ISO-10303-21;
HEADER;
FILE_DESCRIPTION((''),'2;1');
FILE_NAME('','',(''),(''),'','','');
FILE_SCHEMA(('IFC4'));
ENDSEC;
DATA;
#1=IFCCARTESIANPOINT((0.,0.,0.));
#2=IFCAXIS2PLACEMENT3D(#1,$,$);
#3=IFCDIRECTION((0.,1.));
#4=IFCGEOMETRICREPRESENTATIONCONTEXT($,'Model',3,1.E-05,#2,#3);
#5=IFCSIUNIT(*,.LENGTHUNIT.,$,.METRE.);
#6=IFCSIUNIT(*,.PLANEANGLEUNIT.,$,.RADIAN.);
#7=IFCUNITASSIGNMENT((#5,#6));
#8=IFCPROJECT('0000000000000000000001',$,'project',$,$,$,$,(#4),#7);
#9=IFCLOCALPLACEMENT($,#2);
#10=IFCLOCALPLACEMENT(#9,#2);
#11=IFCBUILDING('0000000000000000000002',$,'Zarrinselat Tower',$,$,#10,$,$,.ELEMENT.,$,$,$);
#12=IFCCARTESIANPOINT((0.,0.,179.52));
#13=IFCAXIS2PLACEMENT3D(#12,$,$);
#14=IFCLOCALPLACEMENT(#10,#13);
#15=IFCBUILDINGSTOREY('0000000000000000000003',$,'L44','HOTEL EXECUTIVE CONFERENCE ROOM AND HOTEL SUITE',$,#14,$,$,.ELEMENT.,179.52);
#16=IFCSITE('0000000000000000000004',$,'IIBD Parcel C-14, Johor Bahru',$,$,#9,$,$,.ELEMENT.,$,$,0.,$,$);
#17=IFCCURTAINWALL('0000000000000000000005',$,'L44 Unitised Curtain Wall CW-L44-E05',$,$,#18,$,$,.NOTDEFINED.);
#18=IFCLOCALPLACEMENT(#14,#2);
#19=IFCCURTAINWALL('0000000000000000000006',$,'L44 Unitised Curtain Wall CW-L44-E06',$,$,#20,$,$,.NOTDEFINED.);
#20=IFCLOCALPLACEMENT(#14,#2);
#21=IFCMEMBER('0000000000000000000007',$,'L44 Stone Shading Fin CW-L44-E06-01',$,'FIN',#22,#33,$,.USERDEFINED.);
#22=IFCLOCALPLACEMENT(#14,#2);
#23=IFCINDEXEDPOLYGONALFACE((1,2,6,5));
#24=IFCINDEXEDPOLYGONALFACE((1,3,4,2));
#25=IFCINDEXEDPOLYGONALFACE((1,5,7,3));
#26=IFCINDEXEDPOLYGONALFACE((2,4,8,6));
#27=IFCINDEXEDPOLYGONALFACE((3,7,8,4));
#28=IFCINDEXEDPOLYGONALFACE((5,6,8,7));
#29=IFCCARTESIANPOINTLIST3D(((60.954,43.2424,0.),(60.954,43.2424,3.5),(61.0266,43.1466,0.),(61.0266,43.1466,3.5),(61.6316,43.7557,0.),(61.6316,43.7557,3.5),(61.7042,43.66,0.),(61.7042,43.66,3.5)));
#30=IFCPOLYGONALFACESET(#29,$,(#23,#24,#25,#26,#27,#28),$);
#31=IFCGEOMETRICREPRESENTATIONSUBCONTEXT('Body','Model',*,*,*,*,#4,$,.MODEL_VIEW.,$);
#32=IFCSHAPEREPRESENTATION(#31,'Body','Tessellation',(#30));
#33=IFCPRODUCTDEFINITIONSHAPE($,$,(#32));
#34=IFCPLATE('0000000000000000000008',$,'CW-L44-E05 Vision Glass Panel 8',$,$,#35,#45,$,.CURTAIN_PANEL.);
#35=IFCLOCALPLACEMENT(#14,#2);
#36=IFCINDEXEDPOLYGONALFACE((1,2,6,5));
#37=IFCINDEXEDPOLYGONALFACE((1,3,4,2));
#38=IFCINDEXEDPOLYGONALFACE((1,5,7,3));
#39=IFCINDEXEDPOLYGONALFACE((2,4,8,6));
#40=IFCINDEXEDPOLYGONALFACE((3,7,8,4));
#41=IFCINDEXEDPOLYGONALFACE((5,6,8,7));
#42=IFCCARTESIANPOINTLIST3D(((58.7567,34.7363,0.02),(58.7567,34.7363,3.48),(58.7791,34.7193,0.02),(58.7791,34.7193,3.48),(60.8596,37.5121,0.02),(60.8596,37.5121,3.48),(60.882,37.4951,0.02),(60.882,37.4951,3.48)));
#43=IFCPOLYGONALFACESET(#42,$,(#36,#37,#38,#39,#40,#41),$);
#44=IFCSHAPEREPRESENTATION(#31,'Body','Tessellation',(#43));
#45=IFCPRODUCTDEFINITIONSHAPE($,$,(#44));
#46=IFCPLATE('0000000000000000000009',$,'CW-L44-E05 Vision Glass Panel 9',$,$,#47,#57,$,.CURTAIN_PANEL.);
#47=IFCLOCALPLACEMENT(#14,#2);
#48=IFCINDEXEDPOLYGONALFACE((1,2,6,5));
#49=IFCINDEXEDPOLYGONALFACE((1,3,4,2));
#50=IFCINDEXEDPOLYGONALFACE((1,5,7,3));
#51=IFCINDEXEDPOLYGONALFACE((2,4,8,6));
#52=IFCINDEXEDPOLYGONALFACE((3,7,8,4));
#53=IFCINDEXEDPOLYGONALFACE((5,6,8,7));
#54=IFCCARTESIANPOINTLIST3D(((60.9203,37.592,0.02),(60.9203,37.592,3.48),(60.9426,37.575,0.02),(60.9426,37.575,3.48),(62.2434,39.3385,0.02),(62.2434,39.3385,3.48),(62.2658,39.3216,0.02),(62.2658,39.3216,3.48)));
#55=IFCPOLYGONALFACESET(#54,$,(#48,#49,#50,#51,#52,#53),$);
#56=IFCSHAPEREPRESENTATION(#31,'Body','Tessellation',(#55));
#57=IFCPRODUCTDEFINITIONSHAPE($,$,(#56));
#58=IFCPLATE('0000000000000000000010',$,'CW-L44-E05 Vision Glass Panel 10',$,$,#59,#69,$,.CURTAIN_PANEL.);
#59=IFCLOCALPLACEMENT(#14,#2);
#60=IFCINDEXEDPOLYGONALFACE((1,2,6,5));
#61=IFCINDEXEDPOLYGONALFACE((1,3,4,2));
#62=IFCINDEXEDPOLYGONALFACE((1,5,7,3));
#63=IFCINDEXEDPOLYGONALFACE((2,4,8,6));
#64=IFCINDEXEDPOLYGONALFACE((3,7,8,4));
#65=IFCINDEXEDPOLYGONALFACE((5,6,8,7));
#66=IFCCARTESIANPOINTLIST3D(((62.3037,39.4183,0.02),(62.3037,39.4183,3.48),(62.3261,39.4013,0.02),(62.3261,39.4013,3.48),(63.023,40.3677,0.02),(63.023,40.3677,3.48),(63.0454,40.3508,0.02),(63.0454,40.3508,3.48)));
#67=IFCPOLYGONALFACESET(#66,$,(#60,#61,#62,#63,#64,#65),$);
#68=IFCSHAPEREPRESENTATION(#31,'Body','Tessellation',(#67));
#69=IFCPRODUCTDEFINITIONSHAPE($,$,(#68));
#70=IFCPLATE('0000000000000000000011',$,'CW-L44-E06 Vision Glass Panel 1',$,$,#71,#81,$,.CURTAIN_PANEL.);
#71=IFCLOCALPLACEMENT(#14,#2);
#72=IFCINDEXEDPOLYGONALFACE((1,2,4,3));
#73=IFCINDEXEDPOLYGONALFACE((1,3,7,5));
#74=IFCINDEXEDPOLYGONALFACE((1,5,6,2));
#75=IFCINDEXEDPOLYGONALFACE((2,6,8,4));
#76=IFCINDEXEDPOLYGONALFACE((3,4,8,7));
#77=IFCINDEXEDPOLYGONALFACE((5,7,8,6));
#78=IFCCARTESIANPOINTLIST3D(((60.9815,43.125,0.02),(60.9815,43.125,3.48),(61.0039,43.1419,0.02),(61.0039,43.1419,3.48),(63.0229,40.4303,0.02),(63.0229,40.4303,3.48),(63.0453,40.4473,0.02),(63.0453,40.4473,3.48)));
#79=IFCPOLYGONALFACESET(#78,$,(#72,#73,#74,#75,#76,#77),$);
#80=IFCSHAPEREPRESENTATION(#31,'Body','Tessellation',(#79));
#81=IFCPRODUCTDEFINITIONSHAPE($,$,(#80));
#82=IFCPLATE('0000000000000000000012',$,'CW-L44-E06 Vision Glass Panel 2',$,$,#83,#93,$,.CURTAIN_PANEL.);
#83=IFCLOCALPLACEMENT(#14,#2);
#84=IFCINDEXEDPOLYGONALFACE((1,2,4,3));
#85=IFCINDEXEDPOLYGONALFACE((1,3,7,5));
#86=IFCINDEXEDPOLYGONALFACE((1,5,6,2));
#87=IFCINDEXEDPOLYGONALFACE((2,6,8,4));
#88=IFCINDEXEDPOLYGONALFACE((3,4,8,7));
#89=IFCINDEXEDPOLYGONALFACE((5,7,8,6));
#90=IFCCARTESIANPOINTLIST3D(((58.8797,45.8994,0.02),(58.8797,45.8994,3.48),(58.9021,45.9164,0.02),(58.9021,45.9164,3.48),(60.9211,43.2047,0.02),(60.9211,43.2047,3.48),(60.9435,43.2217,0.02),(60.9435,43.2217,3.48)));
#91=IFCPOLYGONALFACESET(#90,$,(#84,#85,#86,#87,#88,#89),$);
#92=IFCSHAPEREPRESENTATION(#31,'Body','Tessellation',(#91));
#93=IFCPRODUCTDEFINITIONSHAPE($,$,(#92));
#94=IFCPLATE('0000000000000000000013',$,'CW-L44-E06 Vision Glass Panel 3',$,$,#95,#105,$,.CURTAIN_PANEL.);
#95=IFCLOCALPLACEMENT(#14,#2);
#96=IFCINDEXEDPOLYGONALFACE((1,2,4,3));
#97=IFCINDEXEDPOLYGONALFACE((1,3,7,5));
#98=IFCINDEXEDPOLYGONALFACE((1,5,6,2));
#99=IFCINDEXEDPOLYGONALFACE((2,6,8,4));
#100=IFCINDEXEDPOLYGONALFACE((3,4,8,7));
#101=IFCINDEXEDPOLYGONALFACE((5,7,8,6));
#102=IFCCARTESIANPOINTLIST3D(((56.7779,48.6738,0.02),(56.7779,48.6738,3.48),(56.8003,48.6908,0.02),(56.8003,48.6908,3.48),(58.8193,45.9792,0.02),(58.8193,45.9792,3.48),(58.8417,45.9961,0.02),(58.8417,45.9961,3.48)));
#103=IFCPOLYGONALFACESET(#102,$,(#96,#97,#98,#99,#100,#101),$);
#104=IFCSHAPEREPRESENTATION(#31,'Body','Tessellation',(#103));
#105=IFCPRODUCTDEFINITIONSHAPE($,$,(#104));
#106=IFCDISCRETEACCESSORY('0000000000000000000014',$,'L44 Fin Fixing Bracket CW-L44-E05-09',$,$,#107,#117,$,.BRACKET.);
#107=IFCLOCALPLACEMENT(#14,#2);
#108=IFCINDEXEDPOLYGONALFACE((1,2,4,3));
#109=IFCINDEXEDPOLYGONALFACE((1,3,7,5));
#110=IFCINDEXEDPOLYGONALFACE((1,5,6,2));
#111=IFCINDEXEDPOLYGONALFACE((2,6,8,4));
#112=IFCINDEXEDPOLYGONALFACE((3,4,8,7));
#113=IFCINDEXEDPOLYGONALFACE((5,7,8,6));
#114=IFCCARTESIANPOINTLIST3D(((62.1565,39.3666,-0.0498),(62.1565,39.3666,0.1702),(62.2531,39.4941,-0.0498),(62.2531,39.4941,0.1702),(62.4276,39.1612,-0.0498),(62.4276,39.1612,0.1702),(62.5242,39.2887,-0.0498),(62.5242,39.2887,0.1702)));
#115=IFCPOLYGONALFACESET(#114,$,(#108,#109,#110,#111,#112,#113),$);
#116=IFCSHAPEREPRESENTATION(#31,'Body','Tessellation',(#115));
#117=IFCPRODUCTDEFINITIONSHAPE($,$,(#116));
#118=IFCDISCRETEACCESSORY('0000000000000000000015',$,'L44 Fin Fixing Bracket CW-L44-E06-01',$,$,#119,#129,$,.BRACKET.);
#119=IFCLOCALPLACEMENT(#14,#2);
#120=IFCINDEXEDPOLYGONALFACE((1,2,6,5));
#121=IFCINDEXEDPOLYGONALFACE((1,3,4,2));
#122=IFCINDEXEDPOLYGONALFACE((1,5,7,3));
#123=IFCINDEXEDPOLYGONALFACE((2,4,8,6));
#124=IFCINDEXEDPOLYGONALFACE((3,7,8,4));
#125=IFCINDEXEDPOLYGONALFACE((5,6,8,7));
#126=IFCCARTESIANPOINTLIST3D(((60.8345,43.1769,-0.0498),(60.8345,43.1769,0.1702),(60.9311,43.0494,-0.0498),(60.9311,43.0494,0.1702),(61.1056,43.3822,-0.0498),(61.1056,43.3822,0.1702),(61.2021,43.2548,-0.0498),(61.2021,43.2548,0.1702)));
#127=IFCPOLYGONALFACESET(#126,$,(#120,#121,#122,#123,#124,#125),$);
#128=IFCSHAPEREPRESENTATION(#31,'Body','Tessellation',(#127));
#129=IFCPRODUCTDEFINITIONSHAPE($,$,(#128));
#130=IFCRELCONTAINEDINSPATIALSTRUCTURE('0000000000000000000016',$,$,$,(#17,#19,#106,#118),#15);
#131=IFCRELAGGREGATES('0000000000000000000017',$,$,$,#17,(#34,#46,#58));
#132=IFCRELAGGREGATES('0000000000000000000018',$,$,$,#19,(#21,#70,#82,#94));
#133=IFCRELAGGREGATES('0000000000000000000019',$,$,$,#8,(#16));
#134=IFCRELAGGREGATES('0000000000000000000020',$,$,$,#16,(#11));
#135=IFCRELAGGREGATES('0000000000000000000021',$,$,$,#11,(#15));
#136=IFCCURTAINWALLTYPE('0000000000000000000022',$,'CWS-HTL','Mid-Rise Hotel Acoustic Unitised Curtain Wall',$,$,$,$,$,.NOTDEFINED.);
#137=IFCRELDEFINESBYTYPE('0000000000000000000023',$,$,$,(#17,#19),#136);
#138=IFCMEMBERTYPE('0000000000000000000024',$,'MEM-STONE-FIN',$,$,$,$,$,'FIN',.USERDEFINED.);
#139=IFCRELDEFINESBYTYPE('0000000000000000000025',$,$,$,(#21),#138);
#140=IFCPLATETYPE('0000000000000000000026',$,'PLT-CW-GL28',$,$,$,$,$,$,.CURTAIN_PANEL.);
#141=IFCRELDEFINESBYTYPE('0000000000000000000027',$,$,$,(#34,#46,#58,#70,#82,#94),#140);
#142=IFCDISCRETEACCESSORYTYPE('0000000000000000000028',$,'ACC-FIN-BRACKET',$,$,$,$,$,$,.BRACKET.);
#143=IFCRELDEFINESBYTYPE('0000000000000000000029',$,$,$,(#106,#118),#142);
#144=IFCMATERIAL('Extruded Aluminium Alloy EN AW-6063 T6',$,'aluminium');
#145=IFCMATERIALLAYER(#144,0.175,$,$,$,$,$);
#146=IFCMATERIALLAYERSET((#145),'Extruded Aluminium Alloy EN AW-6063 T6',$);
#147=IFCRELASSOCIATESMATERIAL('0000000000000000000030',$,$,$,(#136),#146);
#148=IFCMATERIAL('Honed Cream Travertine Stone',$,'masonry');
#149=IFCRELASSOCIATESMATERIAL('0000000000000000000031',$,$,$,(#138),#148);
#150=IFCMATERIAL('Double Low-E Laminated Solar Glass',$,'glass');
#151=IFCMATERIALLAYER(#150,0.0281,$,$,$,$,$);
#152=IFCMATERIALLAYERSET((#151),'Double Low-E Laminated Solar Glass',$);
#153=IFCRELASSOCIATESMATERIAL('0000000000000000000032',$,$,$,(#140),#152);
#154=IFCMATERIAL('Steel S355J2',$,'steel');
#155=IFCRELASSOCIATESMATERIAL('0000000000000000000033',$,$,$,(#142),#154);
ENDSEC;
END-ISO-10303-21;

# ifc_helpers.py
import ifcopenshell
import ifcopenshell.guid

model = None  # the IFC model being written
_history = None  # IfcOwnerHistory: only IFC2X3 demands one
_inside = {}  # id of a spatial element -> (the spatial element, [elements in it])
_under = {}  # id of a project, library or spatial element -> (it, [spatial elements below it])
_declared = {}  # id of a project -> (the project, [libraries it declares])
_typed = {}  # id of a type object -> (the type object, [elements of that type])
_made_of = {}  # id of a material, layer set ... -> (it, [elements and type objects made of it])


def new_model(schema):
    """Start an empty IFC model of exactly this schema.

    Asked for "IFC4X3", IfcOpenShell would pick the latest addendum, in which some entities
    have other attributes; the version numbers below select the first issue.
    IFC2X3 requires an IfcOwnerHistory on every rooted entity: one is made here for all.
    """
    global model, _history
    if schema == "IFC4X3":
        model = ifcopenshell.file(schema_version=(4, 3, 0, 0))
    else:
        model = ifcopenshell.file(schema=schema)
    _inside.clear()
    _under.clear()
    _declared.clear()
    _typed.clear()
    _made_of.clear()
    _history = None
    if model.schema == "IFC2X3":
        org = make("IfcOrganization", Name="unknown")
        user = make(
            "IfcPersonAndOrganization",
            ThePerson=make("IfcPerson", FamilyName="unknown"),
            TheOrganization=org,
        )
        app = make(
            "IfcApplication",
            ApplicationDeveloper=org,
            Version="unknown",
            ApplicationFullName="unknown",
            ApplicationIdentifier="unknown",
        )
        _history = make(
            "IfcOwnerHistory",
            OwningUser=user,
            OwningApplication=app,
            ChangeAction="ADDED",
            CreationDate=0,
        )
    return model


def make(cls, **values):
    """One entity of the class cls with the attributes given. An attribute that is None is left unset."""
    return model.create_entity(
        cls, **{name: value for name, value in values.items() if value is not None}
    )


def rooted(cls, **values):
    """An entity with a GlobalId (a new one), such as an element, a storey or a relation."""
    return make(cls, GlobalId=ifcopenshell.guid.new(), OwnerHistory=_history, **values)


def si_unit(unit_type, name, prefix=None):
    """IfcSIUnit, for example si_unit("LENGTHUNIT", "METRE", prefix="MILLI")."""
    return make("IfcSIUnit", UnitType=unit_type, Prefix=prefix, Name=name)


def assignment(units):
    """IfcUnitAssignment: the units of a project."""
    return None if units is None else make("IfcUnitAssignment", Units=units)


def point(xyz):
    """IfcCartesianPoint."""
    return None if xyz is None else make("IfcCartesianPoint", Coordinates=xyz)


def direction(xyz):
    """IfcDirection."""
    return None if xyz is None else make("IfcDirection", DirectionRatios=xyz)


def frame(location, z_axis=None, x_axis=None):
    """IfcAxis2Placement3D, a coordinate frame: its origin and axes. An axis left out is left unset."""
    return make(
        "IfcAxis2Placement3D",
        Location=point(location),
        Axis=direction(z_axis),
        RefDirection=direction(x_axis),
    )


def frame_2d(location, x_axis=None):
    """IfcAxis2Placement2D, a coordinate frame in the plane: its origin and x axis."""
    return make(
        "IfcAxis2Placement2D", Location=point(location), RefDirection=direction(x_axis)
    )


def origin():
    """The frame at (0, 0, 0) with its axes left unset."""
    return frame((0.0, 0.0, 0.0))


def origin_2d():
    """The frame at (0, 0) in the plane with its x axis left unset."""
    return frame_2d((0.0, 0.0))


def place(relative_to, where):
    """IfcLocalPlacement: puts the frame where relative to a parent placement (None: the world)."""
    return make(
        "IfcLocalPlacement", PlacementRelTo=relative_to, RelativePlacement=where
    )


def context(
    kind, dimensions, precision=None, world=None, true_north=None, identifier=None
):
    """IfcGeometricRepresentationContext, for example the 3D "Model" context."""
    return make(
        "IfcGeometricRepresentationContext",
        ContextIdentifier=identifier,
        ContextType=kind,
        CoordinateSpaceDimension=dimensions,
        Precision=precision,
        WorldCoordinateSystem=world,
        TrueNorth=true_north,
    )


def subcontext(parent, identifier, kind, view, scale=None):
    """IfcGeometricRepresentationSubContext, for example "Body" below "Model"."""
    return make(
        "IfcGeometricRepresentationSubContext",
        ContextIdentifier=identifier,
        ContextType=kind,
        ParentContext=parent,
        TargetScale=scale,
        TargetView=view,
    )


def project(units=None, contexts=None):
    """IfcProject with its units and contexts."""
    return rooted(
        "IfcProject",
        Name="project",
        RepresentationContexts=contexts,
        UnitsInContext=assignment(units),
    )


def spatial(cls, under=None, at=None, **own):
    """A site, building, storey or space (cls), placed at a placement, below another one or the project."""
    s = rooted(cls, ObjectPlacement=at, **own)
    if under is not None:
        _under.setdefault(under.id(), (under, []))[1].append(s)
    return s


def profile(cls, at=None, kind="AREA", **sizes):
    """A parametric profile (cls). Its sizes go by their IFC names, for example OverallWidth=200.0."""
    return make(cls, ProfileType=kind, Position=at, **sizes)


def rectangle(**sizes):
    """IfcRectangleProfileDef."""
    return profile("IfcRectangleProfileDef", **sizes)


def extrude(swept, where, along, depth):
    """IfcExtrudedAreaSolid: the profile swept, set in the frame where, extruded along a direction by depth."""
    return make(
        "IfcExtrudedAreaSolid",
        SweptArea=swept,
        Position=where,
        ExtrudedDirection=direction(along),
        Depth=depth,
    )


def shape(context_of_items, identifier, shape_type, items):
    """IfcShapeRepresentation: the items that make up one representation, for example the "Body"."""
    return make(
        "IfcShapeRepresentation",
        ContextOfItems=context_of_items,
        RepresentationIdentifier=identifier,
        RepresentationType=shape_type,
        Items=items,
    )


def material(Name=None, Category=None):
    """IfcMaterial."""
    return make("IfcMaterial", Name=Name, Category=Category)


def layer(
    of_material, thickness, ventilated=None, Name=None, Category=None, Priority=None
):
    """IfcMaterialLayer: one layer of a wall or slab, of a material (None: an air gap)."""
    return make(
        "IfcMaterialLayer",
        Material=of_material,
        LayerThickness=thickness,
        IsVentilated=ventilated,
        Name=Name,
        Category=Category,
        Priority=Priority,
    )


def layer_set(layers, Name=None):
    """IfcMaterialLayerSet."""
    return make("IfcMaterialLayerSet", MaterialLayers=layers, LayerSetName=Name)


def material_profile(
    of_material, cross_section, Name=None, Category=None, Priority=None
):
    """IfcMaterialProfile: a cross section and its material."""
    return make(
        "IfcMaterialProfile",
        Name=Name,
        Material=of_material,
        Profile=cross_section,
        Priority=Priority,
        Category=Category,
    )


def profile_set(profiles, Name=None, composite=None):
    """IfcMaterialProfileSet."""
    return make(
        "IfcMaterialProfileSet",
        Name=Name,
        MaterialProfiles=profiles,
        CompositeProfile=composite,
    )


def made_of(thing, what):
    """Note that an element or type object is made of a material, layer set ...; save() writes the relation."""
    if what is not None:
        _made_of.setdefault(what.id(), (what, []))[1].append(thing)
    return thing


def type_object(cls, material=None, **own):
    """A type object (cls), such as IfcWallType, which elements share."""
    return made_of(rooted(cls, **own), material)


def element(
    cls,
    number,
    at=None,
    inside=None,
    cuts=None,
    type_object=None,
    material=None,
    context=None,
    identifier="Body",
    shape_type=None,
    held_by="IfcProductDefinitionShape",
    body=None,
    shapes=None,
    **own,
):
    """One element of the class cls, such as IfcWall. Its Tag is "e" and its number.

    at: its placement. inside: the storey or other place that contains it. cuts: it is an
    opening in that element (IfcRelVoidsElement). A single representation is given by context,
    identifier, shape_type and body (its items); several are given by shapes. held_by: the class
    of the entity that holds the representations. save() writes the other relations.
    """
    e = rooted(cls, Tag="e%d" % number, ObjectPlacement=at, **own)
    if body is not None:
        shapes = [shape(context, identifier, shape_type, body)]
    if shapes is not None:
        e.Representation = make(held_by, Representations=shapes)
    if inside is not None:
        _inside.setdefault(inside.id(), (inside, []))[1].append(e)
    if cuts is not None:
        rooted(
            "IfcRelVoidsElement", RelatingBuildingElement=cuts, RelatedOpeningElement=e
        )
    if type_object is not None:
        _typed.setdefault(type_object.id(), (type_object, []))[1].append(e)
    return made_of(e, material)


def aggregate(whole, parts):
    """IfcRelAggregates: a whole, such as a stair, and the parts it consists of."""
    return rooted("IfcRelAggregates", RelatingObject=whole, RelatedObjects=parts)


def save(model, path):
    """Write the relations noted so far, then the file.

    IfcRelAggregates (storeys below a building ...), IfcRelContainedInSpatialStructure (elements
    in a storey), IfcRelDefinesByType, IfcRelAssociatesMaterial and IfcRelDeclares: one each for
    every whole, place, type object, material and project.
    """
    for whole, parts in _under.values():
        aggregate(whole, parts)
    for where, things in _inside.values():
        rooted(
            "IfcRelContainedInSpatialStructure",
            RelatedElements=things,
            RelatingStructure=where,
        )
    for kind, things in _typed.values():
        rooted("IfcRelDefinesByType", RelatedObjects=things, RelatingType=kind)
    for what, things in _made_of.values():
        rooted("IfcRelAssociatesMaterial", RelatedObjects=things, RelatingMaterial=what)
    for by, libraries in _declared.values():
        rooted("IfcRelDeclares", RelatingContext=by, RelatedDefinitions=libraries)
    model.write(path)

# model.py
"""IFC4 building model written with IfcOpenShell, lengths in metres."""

from ifc_helpers import new_model, si_unit, direction, frame, origin, origin_2d, place, context, subcontext, project, spatial, rectangle, extrude, material, layer, layer_set, material_profile, profile_set, type_object, element, aggregate, save


model = new_model("IFC4")

# Units and contexts
model_context = context("Model", 3, precision=1e-05, world=origin(), true_north=direction((0.0, 1.0)))
body_context = subcontext(model_context, "Body", "Model", "MODEL_VIEW")
ifc_project = project(units=[si_unit("LENGTHUNIT", "METRE"), si_unit("PLANEANGLEUNIT", "RADIAN")], contexts=[model_context])

# Site, building, storey
site_placement = place(None, origin())
site = spatial("IfcSite", under=ifc_project, at=site_placement, Name="IIBD Parcel C-14, Johor Bahru", CompositionType="ELEMENT", RefElevation=0.0)
building_placement = place(site_placement, origin())
building = spatial("IfcBuilding", under=site, at=building_placement, Name="Zarrinselat Tower", CompositionType="ELEMENT")
storey_placement = place(building_placement, frame((0.0, 0.0, 179.52)))
storey = spatial("IfcBuildingStorey", under=building, at=storey_placement, Name="L44", Description="HOTEL EXECUTIVE CONFERENCE ROOM AND HOTEL SUITE", CompositionType="ELEMENT", Elevation=179.52)

# Shared definitions
ifc_material_1 = material(Name="Extruded Aluminium Alloy EN AW-6063 T6", Category="aluminium")
ifc_layer_1 = layer(ifc_material_1, 0.175)
ifc_layer_set_1 = layer_set([ifc_layer_1], Name="Extruded Aluminium Alloy EN AW-6063 T6")
curtain_wall_type = type_object("IfcCurtainWallType", Name="CWS-HTL", Description="Mid-Rise Hotel Acoustic Unitised Curtain Wall", PredefinedType="NOTDEFINED", material=ifc_layer_set_1)

# Curtain walls
curtain_wall_1_placement = place(storey_placement, origin())
curtain_wall_1 = element("IfcCurtainWall", 1, at=curtain_wall_1_placement, inside=storey, type_object=curtain_wall_type, Name="L44 Unitised Curtain Wall CW-L44-E05", PredefinedType="NOTDEFINED")
curtain_wall_2_placement = place(storey_placement, origin())
curtain_wall_2 = element("IfcCurtainWall", 2, at=curtain_wall_2_placement, inside=storey, type_object=curtain_wall_type, Name="L44 Unitised Curtain Wall CW-L44-E06", PredefinedType="NOTDEFINED")

# Member
ifc_material_2 = material(Name="Honed Cream Travertine Stone", Category="masonry")
ifc_material_profile_1 = material_profile(ifc_material_2, rectangle(XDim=0.1201, YDim=0.8501, at=origin_2d()), Name="FIN 850x120")
ifc_profile_set_1 = profile_set([ifc_material_profile_1], Name="Honed Cream Travertine Stone")
member_type_1 = type_object("IfcMemberType", Name="MEM-STONE-FIN", ElementType="FIN", PredefinedType="USERDEFINED", material=ifc_profile_set_1)
member_1_placement = place(storey_placement, frame((61.3291, 43.4512, 0.0), z_axis=(0.0, 0.0, 1.0), x_axis=(0.60386, -0.79709, 0.0)))
member_1 = element("IfcMember", 3, at=member_1_placement, type_object=member_type_1, Name="L44 Stone Shading Fin CW-L44-E06-01", ObjectType="FIN", PredefinedType="USERDEFINED", context=body_context, shape_type="SweptSolid", body=[
    extrude(rectangle(XDim=0.1201, YDim=0.8501, at=origin_2d()), origin(), (0.0, 0.0, 1.0), 3.5),
])

# Plates
ifc_material_3 = material(Name="Double Low-E Laminated Solar Glass", Category="glass")
ifc_layer_2 = layer(ifc_material_3, 0.0281)
ifc_layer_set_2 = layer_set([ifc_layer_2], Name="Double Low-E Laminated Solar Glass")
plate_type = type_object("IfcPlateType", Name="PLT-CW-GL28", PredefinedType="CURTAIN_PANEL", material=ifc_layer_set_2)
plate_1_placement = place(storey_placement, frame((59.8193, 36.1157, 0.02), z_axis=(0.0, 0.0, 1.0), x_axis=(0.603859, 0.797091, 0.0)))
plate_1 = element("IfcPlate", 4, at=plate_1_placement, type_object=plate_type, Name="CW-L44-E05 Vision Glass Panel 8", PredefinedType="CURTAIN_PANEL", context=body_context, shape_type="SweptSolid", body=[
    extrude(rectangle(XDim=3.4824, YDim=0.0281, at=origin_2d()), origin(), (0.0, 0.0, 1.0), 3.46),
])
plate_2_placement = place(storey_placement, frame((61.593, 38.4568, 0.02), z_axis=(0.0, 0.0, 1.0), x_axis=(0.603859, 0.797091, 0.0)))
plate_2 = element("IfcPlate", 5, at=plate_2_placement, type_object=plate_type, Name="CW-L44-E05 Vision Glass Panel 9", PredefinedType="CURTAIN_PANEL", context=body_context, shape_type="SweptSolid", body=[
    extrude(rectangle(XDim=2.1912, YDim=0.0281, at=origin_2d()), origin(), (0.0, 0.0, 1.0), 3.46),
])
plate_3_placement = place(storey_placement, frame((62.6746, 39.8845, 0.02), z_axis=(0.0, 0.0, 1.0), x_axis=(0.603859, 0.797091, 0.0)))
plate_3 = element("IfcPlate", 6, at=plate_3_placement, type_object=plate_type, Name="CW-L44-E05 Vision Glass Panel 10", PredefinedType="CURTAIN_PANEL", context=body_context, shape_type="SweptSolid", body=[
    extrude(rectangle(XDim=1.1912, YDim=0.0281, at=origin_2d()), origin(), (0.0, 0.0, 1.0), 3.46),
])
aggregate(curtain_wall_1, [plate_1, plate_2, plate_3])
plate_4_placement = place(storey_placement, frame((62.0134, 41.7861, 0.02), z_axis=(0.0, 0.0, 1.0), x_axis=(-0.60386, 0.79709, 0.0)))
plate_4 = element("IfcPlate", 7, at=plate_4_placement, type_object=plate_type, Name="CW-L44-E06 Vision Glass Panel 1", PredefinedType="CURTAIN_PANEL", context=body_context, shape_type="SweptSolid", body=[
    extrude(rectangle(XDim=3.3806, YDim=0.0281, at=origin_2d()), origin(), (0.0, 0.0, 1.0), 3.46),
])
plate_5_placement = place(storey_placement, frame((59.9116, 44.5605, 0.02), z_axis=(0.0, 0.0, 1.0), x_axis=(-0.60386, 0.79709, 0.0)))
plate_5 = element("IfcPlate", 8, at=plate_5_placement, type_object=plate_type, Name="CW-L44-E06 Vision Glass Panel 2", PredefinedType="CURTAIN_PANEL", context=body_context, shape_type="SweptSolid", body=[
    extrude(rectangle(XDim=3.3806, YDim=0.0281, at=origin_2d()), origin(), (0.0, 0.0, 1.0), 3.46),
])
plate_6_placement = place(storey_placement, frame((57.8098, 47.335, 0.02), z_axis=(0.0, 0.0, 1.0), x_axis=(-0.60386, 0.79709, 0.0)))
plate_6 = element("IfcPlate", 9, at=plate_6_placement, type_object=plate_type, Name="CW-L44-E06 Vision Glass Panel 3", PredefinedType="CURTAIN_PANEL", context=body_context, shape_type="SweptSolid", body=[
    extrude(rectangle(XDim=3.3806, YDim=0.0281, at=origin_2d()), origin(), (0.0, 0.0, 1.0), 3.46),
])
aggregate(curtain_wall_2, [member_1, plate_4, plate_5, plate_6])

# Discrete accessories
ifc_material_4 = material(Name="Steel S355J2", Category="steel")
discrete_accessory_type = type_object("IfcDiscreteAccessoryType", Name="ACC-FIN-BRACKET", PredefinedType="BRACKET", material=ifc_material_4)
for number, where, z_axis, x_axis, name in (
    (10, (62.3403, 39.3276, -0.0498), (0.0, 0.0, 1.0), (0.797091, -0.603859, 0.0), "L44 Fin Fixing Bracket CW-L44-E05-09"),
    (11, (61.0183, 43.2158, -0.0498), (0.0, 0.0, 1.0), (0.79709, 0.60386, 0.0), "L44 Fin Fixing Bracket CW-L44-E06-01"),
):
    element("IfcDiscreteAccessory", number, at=place(storey_placement, frame(where, z_axis=z_axis, x_axis=x_axis)), inside=storey, type_object=discrete_accessory_type, Name=name, PredefinedType="BRACKET", context=body_context, shape_type="SweptSolid", body=[
        extrude(rectangle(XDim=0.3401, YDim=0.1599, at=origin_2d()), origin(), (0.0, 0.0, 1.0), 0.22),
    ])

save(model, "model.ifc")
